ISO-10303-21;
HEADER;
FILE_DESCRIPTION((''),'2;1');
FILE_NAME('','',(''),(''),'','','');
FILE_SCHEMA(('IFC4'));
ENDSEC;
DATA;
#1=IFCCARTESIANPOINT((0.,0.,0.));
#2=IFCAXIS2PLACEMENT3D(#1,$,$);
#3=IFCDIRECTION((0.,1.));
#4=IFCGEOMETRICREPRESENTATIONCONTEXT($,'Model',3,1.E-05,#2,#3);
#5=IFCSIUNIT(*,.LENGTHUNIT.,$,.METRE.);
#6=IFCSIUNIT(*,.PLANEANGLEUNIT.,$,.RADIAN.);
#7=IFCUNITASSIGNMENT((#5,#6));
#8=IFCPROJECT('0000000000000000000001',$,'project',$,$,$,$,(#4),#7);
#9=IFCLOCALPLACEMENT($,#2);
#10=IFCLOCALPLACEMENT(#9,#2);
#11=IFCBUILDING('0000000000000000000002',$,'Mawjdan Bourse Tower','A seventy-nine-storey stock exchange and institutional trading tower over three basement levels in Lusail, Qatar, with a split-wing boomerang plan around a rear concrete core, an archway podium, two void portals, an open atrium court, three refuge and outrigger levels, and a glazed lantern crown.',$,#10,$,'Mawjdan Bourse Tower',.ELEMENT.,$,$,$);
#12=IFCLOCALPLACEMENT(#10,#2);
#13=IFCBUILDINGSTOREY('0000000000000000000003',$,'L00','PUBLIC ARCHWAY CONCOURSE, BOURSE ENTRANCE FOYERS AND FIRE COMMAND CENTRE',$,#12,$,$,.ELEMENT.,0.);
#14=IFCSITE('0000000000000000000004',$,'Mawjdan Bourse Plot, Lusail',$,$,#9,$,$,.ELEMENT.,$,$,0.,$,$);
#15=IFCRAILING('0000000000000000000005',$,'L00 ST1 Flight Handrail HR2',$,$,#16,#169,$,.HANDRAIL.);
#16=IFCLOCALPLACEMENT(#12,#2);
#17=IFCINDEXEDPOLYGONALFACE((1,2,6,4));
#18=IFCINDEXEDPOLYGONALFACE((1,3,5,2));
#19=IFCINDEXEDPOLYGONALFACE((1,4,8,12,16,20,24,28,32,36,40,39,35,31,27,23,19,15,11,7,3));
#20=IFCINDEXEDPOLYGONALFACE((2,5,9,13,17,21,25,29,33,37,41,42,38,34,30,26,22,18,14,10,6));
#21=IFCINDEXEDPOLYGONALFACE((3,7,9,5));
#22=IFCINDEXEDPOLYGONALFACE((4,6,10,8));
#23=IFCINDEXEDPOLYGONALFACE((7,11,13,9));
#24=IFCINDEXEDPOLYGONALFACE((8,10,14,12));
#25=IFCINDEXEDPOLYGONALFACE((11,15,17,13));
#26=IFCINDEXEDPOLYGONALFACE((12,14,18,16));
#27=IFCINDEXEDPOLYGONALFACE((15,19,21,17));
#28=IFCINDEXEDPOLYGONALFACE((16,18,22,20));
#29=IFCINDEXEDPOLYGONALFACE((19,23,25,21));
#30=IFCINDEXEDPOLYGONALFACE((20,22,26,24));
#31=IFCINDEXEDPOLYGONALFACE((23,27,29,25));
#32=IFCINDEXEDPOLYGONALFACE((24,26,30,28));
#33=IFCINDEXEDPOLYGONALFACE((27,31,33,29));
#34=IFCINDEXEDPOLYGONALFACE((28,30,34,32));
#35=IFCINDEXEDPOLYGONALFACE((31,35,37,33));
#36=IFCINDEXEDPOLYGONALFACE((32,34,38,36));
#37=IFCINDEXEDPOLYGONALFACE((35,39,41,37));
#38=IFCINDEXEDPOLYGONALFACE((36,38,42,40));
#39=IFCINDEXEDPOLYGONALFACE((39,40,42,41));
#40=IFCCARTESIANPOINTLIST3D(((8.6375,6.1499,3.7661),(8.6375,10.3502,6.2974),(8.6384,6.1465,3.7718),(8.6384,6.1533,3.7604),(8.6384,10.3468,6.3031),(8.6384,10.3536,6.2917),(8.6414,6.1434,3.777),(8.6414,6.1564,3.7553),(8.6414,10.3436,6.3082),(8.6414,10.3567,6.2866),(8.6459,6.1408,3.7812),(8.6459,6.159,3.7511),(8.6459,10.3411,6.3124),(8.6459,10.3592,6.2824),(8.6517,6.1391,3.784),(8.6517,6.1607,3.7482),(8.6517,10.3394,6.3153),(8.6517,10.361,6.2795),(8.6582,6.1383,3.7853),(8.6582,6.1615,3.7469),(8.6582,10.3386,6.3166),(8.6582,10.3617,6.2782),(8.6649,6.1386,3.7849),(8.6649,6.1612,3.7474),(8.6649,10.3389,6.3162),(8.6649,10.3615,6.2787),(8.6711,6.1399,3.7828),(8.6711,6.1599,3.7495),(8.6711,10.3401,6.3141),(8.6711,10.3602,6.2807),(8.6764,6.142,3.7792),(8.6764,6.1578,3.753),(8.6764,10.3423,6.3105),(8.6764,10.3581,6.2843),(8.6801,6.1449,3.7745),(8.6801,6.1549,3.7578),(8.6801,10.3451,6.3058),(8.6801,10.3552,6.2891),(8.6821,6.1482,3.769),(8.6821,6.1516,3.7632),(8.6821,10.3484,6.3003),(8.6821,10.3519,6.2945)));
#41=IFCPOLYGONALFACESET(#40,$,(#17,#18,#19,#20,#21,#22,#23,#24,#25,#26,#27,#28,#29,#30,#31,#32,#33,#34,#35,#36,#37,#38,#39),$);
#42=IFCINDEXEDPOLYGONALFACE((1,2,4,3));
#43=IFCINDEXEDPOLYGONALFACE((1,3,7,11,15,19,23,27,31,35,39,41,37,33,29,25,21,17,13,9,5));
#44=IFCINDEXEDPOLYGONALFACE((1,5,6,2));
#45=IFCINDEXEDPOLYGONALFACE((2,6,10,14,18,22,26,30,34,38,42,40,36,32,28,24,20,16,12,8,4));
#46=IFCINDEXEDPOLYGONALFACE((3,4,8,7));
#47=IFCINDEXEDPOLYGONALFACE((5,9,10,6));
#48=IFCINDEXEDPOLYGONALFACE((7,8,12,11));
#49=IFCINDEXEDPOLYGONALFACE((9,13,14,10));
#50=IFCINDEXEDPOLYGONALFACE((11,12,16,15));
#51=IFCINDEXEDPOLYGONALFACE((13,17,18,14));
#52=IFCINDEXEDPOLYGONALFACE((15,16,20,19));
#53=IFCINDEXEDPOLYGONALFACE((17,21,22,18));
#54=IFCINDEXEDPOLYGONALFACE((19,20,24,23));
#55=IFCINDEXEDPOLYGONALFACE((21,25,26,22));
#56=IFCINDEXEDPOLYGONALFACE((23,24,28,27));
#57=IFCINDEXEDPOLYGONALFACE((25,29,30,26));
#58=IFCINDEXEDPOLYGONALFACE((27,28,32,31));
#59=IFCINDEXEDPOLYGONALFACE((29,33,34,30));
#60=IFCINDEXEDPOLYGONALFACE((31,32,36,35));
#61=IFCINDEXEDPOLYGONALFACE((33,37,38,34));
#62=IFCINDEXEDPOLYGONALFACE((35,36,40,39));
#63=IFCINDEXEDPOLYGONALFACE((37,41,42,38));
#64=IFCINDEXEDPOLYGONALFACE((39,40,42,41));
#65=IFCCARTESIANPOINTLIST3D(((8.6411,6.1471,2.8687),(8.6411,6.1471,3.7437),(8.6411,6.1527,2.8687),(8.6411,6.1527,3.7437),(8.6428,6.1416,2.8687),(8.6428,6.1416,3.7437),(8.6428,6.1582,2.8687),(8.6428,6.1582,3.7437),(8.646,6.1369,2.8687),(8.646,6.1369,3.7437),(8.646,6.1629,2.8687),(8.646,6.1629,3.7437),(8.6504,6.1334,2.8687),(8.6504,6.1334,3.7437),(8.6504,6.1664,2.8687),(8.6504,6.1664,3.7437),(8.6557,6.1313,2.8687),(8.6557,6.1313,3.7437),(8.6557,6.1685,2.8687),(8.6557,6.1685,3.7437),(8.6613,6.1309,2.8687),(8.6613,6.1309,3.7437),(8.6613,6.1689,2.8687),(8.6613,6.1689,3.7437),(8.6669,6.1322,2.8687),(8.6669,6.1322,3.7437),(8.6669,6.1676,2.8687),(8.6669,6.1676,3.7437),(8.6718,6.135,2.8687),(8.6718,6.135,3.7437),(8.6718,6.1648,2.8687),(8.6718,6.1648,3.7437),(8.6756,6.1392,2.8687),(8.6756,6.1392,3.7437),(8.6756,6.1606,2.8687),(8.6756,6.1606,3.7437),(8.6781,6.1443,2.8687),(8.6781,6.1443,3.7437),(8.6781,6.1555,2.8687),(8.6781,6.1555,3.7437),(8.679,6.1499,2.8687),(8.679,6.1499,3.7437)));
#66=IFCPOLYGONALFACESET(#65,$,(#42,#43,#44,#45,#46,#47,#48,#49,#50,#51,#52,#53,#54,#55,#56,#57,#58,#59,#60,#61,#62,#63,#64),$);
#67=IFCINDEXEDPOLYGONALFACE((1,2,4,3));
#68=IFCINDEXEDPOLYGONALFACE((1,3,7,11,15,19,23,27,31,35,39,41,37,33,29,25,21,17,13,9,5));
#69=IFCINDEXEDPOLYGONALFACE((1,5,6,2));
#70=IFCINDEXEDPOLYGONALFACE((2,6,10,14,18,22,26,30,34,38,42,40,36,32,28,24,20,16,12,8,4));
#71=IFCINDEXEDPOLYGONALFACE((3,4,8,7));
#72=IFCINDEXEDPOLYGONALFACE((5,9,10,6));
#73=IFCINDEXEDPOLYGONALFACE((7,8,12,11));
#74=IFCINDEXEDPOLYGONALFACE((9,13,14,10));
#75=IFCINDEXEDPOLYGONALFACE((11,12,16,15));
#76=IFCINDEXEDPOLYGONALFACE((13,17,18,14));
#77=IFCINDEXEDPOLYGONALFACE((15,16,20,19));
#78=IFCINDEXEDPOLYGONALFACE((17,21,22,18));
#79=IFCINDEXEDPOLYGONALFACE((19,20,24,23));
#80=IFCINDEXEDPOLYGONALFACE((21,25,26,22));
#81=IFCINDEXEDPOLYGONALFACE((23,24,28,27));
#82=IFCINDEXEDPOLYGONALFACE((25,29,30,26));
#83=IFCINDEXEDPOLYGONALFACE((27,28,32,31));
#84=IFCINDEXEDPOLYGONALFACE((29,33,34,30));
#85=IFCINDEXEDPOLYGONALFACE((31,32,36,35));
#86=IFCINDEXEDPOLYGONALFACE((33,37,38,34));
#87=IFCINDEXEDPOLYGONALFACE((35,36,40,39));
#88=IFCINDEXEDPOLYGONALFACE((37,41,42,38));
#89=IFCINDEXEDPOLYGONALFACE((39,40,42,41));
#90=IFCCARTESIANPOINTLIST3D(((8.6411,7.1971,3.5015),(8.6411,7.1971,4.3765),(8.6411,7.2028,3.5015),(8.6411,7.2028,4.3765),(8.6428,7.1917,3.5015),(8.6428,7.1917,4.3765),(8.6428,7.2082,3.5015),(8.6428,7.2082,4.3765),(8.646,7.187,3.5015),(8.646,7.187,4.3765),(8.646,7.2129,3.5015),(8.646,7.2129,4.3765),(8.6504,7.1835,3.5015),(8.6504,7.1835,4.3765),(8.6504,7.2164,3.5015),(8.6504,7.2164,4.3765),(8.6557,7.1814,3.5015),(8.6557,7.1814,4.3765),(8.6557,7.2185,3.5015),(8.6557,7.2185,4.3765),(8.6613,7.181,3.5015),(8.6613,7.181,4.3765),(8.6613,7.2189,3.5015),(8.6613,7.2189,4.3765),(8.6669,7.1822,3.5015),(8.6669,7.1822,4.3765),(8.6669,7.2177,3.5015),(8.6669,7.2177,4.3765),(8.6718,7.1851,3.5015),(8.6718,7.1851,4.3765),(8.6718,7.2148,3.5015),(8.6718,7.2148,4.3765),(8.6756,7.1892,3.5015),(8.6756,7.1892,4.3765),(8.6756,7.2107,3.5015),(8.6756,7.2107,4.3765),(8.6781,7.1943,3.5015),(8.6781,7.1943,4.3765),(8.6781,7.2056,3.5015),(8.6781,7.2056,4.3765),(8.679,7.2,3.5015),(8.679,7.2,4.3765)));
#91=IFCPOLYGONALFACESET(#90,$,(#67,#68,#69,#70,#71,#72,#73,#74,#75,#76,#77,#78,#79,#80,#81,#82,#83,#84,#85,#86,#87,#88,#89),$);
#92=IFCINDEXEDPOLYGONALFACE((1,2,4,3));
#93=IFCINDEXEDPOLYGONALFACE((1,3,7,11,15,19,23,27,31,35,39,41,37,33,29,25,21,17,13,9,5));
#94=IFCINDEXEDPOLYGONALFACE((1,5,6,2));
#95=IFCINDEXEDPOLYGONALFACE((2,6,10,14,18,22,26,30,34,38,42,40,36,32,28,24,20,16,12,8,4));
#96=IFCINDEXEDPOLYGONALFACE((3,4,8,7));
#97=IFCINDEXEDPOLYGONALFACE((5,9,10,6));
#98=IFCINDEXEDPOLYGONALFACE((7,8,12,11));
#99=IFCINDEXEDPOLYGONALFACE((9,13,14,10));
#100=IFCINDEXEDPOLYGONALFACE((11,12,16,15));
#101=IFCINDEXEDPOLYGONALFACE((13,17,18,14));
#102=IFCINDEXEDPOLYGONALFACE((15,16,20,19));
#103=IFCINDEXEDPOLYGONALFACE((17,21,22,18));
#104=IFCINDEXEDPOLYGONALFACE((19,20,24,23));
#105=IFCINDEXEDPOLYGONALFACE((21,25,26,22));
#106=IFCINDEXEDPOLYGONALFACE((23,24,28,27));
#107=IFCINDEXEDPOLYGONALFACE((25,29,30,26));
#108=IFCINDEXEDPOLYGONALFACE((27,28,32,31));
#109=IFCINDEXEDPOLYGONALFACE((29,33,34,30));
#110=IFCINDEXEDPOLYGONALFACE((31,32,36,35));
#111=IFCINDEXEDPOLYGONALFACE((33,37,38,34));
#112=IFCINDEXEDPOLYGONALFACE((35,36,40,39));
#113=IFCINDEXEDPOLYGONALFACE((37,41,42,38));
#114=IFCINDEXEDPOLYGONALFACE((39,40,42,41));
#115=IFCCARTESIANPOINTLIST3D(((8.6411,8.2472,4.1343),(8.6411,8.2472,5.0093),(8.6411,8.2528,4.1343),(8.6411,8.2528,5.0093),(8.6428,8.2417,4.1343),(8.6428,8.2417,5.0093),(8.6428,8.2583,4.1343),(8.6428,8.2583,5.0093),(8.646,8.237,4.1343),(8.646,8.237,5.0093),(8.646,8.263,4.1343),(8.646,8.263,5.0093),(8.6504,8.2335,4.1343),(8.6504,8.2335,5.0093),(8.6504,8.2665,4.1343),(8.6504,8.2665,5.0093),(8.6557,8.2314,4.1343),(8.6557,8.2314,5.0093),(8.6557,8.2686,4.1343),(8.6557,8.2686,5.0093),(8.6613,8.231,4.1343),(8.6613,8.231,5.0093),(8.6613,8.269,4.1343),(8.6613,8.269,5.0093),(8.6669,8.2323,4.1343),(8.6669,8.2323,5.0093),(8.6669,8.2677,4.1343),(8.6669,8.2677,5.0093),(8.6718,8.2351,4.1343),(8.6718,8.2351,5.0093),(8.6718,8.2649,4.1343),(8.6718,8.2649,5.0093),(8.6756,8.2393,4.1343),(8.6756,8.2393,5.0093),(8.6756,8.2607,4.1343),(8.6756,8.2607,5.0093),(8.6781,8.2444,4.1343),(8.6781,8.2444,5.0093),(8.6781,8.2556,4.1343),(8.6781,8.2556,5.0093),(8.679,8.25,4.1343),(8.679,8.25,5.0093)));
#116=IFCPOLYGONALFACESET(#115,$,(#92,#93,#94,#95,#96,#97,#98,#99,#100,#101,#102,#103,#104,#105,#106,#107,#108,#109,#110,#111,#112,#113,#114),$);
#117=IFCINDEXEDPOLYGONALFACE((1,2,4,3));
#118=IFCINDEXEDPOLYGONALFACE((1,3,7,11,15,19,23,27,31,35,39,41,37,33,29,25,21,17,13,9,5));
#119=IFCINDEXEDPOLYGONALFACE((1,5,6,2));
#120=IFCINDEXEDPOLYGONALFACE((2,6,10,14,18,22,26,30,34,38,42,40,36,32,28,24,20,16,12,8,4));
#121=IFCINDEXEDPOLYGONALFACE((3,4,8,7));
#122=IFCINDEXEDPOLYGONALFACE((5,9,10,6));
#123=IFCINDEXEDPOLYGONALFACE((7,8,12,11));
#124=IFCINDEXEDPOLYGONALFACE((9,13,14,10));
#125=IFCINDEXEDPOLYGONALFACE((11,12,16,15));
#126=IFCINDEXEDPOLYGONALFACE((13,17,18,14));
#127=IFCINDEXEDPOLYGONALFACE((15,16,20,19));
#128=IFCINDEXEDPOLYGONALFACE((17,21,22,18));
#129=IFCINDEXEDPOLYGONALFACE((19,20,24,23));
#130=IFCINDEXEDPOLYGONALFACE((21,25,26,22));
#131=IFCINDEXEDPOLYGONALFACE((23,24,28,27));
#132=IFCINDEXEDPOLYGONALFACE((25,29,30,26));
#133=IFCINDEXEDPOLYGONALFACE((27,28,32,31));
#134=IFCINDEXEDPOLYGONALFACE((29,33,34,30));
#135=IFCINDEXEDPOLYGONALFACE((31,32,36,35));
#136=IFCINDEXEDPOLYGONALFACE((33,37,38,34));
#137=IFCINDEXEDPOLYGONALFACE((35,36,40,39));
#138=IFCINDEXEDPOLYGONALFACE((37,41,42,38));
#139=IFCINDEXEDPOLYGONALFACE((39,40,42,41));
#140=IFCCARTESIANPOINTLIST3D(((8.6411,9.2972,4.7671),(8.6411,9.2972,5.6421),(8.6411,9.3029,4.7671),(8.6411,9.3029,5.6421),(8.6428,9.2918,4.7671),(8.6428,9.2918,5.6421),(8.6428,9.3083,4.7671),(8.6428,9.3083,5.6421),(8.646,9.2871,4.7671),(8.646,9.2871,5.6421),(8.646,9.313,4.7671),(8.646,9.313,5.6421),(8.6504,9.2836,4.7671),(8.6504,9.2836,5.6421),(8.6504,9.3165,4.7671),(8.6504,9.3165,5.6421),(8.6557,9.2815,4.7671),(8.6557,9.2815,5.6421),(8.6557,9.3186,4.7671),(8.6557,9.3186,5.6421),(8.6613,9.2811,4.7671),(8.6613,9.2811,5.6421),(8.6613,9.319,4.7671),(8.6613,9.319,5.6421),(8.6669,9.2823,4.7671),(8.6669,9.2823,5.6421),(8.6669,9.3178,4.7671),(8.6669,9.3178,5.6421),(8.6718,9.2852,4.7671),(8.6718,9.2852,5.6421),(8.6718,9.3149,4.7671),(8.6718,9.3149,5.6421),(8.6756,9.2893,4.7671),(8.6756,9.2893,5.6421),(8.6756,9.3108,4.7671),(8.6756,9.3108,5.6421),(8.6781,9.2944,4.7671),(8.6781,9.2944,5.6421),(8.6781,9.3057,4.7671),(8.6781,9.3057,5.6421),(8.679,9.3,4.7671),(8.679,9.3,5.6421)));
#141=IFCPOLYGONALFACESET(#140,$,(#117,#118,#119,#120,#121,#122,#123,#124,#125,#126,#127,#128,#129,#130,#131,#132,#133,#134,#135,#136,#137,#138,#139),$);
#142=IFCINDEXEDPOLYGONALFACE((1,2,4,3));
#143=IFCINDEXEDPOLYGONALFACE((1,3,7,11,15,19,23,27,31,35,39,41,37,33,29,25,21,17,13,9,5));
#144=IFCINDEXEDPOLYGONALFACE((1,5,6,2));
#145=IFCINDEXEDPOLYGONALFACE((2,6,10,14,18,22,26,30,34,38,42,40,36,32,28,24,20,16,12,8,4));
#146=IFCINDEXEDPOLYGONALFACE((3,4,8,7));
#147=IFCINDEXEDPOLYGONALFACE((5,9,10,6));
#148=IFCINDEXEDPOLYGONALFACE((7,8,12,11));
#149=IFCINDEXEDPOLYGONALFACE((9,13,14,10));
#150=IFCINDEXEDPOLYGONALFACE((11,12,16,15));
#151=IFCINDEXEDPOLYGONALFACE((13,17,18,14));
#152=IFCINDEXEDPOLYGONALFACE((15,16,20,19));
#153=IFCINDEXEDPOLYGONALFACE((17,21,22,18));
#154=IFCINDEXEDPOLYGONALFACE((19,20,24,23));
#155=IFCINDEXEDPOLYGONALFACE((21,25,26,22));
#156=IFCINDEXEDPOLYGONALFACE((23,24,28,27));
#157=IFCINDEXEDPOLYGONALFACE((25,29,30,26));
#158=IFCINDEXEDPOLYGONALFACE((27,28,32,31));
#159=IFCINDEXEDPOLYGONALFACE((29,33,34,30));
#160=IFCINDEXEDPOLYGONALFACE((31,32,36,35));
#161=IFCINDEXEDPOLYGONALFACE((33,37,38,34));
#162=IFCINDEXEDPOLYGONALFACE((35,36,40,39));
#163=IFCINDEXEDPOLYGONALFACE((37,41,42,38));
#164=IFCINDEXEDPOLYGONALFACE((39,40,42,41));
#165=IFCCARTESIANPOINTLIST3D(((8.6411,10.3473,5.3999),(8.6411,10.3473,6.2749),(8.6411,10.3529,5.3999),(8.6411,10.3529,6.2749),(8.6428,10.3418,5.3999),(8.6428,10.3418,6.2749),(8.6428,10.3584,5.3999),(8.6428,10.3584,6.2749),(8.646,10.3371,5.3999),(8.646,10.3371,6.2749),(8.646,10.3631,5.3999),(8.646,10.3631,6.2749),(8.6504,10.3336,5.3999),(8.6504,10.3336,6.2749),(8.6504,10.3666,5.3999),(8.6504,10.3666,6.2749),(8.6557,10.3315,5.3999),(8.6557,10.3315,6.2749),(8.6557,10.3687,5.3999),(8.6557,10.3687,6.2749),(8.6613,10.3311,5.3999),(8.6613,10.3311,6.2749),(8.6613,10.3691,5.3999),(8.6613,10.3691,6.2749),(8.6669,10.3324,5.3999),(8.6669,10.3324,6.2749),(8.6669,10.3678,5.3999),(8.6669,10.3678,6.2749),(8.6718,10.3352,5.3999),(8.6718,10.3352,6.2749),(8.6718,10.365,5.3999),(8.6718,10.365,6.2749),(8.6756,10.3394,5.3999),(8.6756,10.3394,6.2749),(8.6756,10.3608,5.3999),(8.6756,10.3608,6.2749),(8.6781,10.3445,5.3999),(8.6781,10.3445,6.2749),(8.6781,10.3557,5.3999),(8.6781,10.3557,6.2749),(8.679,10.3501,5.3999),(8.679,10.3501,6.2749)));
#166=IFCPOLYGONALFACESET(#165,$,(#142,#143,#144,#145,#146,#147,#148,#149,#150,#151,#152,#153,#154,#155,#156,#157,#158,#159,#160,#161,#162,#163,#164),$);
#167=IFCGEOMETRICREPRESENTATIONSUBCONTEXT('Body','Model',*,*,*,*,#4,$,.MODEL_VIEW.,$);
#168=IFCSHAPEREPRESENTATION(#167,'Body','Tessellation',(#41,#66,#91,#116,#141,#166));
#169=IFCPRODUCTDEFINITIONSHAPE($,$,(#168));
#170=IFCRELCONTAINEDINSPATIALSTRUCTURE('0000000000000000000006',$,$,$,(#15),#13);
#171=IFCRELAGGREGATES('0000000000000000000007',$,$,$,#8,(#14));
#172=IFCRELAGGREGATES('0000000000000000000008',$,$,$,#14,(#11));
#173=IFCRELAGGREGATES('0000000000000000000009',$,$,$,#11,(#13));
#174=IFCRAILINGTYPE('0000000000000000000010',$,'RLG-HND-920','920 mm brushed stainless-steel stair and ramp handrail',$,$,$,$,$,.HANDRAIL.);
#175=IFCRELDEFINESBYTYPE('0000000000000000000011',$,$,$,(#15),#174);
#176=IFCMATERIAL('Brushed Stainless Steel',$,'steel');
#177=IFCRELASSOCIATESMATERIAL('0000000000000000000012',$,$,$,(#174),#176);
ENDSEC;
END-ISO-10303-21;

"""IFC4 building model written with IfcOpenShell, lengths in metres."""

from ifc_helpers import new_model, si_unit, direction, frame, origin, origin_2d, place, context, subcontext, project, spatial, circle, extrude, material, type_object, element, save


model = new_model("IFC4")

# Units and contexts
model_context = context("Model", 3, precision=1e-05, world=origin(), true_north=direction((0.0, 1.0)))
body_context = subcontext(model_context, "Body", "Model", "MODEL_VIEW")
ifc_project = project(units=[si_unit("LENGTHUNIT", "METRE"), si_unit("PLANEANGLEUNIT", "RADIAN")], contexts=[model_context])

# Site, building, storey
site_placement = place(None, origin())
site = spatial("IfcSite", under=ifc_project, at=site_placement, Name="Mawjdan Bourse Plot, Lusail", CompositionType="ELEMENT", RefElevation=0.0)
building_placement = place(site_placement, origin())
building = spatial("IfcBuilding", under=site, at=building_placement, Name="Mawjdan Bourse Tower", Description="A seventy-nine-storey stock exchange and institutional trading tower over three basement levels in Lusail, Qatar, with a split-wing boomerang plan around a rear concrete core, an archway podium, two void portals, an open atrium court, three refuge and outrigger levels, and a glazed lantern crown.", LongName="Mawjdan Bourse Tower", CompositionType="ELEMENT")
storey_placement = place(building_placement, origin())
storey = spatial("IfcBuildingStorey", under=building, at=storey_placement, Name="L00", Description="PUBLIC ARCHWAY CONCOURSE, BOURSE ENTRANCE FOYERS AND FIRE COMMAND CENTRE", CompositionType="ELEMENT", Elevation=0.0)

# Railing
ifc_material_1 = material(Name="Brushed Stainless Steel", Category="steel")
railing_type_1 = type_object("IfcRailingType", Name="RLG-HND-920", Description="920 mm brushed stainless-steel stair and ramp handrail", PredefinedType="HANDRAIL", material=ifc_material_1)
railing_1_placement = place(storey_placement, frame((8.6599, 6.1499, 2.8687)))
element("IfcRailing", 1, at=railing_1_placement, inside=storey, type_object=railing_type_1, Name="L00 ST1 Flight Handrail HR2", PredefinedType="HANDRAIL", context=body_context, shape_type="SweptSolid", body=[
    extrude(circle(Radius=0.0225, at=origin_2d()), frame((0.0, 0.0, 0.8975), z_axis=(0.0, 0.85649, 0.516164), x_axis=(-1.0, 0.0, 0.0)), (0.0, 0.0, 1.0), 4.9041),
    extrude(circle(Radius=0.019, at=origin_2d()), origin(), (0.0, 0.0, 1.0), 0.875),
    extrude(circle(Radius=0.019, at=origin_2d()), frame((0.0, 1.05, 0.6328)), (0.0, 0.0, 1.0), 0.875),
    extrude(circle(Radius=0.019, at=origin_2d()), frame((0.0, 2.1001, 1.2656)), (0.0, 0.0, 1.0), 0.875),
    extrude(circle(Radius=0.019, at=origin_2d()), frame((0.0, 3.1501, 1.8984)), (0.0, 0.0, 1.0), 0.875),
    extrude(circle(Radius=0.019, at=origin_2d()), frame((0.0, 4.2002, 2.5312)), (0.0, 0.0, 1.0), 0.875),
])

save(model, "model.ifc")
